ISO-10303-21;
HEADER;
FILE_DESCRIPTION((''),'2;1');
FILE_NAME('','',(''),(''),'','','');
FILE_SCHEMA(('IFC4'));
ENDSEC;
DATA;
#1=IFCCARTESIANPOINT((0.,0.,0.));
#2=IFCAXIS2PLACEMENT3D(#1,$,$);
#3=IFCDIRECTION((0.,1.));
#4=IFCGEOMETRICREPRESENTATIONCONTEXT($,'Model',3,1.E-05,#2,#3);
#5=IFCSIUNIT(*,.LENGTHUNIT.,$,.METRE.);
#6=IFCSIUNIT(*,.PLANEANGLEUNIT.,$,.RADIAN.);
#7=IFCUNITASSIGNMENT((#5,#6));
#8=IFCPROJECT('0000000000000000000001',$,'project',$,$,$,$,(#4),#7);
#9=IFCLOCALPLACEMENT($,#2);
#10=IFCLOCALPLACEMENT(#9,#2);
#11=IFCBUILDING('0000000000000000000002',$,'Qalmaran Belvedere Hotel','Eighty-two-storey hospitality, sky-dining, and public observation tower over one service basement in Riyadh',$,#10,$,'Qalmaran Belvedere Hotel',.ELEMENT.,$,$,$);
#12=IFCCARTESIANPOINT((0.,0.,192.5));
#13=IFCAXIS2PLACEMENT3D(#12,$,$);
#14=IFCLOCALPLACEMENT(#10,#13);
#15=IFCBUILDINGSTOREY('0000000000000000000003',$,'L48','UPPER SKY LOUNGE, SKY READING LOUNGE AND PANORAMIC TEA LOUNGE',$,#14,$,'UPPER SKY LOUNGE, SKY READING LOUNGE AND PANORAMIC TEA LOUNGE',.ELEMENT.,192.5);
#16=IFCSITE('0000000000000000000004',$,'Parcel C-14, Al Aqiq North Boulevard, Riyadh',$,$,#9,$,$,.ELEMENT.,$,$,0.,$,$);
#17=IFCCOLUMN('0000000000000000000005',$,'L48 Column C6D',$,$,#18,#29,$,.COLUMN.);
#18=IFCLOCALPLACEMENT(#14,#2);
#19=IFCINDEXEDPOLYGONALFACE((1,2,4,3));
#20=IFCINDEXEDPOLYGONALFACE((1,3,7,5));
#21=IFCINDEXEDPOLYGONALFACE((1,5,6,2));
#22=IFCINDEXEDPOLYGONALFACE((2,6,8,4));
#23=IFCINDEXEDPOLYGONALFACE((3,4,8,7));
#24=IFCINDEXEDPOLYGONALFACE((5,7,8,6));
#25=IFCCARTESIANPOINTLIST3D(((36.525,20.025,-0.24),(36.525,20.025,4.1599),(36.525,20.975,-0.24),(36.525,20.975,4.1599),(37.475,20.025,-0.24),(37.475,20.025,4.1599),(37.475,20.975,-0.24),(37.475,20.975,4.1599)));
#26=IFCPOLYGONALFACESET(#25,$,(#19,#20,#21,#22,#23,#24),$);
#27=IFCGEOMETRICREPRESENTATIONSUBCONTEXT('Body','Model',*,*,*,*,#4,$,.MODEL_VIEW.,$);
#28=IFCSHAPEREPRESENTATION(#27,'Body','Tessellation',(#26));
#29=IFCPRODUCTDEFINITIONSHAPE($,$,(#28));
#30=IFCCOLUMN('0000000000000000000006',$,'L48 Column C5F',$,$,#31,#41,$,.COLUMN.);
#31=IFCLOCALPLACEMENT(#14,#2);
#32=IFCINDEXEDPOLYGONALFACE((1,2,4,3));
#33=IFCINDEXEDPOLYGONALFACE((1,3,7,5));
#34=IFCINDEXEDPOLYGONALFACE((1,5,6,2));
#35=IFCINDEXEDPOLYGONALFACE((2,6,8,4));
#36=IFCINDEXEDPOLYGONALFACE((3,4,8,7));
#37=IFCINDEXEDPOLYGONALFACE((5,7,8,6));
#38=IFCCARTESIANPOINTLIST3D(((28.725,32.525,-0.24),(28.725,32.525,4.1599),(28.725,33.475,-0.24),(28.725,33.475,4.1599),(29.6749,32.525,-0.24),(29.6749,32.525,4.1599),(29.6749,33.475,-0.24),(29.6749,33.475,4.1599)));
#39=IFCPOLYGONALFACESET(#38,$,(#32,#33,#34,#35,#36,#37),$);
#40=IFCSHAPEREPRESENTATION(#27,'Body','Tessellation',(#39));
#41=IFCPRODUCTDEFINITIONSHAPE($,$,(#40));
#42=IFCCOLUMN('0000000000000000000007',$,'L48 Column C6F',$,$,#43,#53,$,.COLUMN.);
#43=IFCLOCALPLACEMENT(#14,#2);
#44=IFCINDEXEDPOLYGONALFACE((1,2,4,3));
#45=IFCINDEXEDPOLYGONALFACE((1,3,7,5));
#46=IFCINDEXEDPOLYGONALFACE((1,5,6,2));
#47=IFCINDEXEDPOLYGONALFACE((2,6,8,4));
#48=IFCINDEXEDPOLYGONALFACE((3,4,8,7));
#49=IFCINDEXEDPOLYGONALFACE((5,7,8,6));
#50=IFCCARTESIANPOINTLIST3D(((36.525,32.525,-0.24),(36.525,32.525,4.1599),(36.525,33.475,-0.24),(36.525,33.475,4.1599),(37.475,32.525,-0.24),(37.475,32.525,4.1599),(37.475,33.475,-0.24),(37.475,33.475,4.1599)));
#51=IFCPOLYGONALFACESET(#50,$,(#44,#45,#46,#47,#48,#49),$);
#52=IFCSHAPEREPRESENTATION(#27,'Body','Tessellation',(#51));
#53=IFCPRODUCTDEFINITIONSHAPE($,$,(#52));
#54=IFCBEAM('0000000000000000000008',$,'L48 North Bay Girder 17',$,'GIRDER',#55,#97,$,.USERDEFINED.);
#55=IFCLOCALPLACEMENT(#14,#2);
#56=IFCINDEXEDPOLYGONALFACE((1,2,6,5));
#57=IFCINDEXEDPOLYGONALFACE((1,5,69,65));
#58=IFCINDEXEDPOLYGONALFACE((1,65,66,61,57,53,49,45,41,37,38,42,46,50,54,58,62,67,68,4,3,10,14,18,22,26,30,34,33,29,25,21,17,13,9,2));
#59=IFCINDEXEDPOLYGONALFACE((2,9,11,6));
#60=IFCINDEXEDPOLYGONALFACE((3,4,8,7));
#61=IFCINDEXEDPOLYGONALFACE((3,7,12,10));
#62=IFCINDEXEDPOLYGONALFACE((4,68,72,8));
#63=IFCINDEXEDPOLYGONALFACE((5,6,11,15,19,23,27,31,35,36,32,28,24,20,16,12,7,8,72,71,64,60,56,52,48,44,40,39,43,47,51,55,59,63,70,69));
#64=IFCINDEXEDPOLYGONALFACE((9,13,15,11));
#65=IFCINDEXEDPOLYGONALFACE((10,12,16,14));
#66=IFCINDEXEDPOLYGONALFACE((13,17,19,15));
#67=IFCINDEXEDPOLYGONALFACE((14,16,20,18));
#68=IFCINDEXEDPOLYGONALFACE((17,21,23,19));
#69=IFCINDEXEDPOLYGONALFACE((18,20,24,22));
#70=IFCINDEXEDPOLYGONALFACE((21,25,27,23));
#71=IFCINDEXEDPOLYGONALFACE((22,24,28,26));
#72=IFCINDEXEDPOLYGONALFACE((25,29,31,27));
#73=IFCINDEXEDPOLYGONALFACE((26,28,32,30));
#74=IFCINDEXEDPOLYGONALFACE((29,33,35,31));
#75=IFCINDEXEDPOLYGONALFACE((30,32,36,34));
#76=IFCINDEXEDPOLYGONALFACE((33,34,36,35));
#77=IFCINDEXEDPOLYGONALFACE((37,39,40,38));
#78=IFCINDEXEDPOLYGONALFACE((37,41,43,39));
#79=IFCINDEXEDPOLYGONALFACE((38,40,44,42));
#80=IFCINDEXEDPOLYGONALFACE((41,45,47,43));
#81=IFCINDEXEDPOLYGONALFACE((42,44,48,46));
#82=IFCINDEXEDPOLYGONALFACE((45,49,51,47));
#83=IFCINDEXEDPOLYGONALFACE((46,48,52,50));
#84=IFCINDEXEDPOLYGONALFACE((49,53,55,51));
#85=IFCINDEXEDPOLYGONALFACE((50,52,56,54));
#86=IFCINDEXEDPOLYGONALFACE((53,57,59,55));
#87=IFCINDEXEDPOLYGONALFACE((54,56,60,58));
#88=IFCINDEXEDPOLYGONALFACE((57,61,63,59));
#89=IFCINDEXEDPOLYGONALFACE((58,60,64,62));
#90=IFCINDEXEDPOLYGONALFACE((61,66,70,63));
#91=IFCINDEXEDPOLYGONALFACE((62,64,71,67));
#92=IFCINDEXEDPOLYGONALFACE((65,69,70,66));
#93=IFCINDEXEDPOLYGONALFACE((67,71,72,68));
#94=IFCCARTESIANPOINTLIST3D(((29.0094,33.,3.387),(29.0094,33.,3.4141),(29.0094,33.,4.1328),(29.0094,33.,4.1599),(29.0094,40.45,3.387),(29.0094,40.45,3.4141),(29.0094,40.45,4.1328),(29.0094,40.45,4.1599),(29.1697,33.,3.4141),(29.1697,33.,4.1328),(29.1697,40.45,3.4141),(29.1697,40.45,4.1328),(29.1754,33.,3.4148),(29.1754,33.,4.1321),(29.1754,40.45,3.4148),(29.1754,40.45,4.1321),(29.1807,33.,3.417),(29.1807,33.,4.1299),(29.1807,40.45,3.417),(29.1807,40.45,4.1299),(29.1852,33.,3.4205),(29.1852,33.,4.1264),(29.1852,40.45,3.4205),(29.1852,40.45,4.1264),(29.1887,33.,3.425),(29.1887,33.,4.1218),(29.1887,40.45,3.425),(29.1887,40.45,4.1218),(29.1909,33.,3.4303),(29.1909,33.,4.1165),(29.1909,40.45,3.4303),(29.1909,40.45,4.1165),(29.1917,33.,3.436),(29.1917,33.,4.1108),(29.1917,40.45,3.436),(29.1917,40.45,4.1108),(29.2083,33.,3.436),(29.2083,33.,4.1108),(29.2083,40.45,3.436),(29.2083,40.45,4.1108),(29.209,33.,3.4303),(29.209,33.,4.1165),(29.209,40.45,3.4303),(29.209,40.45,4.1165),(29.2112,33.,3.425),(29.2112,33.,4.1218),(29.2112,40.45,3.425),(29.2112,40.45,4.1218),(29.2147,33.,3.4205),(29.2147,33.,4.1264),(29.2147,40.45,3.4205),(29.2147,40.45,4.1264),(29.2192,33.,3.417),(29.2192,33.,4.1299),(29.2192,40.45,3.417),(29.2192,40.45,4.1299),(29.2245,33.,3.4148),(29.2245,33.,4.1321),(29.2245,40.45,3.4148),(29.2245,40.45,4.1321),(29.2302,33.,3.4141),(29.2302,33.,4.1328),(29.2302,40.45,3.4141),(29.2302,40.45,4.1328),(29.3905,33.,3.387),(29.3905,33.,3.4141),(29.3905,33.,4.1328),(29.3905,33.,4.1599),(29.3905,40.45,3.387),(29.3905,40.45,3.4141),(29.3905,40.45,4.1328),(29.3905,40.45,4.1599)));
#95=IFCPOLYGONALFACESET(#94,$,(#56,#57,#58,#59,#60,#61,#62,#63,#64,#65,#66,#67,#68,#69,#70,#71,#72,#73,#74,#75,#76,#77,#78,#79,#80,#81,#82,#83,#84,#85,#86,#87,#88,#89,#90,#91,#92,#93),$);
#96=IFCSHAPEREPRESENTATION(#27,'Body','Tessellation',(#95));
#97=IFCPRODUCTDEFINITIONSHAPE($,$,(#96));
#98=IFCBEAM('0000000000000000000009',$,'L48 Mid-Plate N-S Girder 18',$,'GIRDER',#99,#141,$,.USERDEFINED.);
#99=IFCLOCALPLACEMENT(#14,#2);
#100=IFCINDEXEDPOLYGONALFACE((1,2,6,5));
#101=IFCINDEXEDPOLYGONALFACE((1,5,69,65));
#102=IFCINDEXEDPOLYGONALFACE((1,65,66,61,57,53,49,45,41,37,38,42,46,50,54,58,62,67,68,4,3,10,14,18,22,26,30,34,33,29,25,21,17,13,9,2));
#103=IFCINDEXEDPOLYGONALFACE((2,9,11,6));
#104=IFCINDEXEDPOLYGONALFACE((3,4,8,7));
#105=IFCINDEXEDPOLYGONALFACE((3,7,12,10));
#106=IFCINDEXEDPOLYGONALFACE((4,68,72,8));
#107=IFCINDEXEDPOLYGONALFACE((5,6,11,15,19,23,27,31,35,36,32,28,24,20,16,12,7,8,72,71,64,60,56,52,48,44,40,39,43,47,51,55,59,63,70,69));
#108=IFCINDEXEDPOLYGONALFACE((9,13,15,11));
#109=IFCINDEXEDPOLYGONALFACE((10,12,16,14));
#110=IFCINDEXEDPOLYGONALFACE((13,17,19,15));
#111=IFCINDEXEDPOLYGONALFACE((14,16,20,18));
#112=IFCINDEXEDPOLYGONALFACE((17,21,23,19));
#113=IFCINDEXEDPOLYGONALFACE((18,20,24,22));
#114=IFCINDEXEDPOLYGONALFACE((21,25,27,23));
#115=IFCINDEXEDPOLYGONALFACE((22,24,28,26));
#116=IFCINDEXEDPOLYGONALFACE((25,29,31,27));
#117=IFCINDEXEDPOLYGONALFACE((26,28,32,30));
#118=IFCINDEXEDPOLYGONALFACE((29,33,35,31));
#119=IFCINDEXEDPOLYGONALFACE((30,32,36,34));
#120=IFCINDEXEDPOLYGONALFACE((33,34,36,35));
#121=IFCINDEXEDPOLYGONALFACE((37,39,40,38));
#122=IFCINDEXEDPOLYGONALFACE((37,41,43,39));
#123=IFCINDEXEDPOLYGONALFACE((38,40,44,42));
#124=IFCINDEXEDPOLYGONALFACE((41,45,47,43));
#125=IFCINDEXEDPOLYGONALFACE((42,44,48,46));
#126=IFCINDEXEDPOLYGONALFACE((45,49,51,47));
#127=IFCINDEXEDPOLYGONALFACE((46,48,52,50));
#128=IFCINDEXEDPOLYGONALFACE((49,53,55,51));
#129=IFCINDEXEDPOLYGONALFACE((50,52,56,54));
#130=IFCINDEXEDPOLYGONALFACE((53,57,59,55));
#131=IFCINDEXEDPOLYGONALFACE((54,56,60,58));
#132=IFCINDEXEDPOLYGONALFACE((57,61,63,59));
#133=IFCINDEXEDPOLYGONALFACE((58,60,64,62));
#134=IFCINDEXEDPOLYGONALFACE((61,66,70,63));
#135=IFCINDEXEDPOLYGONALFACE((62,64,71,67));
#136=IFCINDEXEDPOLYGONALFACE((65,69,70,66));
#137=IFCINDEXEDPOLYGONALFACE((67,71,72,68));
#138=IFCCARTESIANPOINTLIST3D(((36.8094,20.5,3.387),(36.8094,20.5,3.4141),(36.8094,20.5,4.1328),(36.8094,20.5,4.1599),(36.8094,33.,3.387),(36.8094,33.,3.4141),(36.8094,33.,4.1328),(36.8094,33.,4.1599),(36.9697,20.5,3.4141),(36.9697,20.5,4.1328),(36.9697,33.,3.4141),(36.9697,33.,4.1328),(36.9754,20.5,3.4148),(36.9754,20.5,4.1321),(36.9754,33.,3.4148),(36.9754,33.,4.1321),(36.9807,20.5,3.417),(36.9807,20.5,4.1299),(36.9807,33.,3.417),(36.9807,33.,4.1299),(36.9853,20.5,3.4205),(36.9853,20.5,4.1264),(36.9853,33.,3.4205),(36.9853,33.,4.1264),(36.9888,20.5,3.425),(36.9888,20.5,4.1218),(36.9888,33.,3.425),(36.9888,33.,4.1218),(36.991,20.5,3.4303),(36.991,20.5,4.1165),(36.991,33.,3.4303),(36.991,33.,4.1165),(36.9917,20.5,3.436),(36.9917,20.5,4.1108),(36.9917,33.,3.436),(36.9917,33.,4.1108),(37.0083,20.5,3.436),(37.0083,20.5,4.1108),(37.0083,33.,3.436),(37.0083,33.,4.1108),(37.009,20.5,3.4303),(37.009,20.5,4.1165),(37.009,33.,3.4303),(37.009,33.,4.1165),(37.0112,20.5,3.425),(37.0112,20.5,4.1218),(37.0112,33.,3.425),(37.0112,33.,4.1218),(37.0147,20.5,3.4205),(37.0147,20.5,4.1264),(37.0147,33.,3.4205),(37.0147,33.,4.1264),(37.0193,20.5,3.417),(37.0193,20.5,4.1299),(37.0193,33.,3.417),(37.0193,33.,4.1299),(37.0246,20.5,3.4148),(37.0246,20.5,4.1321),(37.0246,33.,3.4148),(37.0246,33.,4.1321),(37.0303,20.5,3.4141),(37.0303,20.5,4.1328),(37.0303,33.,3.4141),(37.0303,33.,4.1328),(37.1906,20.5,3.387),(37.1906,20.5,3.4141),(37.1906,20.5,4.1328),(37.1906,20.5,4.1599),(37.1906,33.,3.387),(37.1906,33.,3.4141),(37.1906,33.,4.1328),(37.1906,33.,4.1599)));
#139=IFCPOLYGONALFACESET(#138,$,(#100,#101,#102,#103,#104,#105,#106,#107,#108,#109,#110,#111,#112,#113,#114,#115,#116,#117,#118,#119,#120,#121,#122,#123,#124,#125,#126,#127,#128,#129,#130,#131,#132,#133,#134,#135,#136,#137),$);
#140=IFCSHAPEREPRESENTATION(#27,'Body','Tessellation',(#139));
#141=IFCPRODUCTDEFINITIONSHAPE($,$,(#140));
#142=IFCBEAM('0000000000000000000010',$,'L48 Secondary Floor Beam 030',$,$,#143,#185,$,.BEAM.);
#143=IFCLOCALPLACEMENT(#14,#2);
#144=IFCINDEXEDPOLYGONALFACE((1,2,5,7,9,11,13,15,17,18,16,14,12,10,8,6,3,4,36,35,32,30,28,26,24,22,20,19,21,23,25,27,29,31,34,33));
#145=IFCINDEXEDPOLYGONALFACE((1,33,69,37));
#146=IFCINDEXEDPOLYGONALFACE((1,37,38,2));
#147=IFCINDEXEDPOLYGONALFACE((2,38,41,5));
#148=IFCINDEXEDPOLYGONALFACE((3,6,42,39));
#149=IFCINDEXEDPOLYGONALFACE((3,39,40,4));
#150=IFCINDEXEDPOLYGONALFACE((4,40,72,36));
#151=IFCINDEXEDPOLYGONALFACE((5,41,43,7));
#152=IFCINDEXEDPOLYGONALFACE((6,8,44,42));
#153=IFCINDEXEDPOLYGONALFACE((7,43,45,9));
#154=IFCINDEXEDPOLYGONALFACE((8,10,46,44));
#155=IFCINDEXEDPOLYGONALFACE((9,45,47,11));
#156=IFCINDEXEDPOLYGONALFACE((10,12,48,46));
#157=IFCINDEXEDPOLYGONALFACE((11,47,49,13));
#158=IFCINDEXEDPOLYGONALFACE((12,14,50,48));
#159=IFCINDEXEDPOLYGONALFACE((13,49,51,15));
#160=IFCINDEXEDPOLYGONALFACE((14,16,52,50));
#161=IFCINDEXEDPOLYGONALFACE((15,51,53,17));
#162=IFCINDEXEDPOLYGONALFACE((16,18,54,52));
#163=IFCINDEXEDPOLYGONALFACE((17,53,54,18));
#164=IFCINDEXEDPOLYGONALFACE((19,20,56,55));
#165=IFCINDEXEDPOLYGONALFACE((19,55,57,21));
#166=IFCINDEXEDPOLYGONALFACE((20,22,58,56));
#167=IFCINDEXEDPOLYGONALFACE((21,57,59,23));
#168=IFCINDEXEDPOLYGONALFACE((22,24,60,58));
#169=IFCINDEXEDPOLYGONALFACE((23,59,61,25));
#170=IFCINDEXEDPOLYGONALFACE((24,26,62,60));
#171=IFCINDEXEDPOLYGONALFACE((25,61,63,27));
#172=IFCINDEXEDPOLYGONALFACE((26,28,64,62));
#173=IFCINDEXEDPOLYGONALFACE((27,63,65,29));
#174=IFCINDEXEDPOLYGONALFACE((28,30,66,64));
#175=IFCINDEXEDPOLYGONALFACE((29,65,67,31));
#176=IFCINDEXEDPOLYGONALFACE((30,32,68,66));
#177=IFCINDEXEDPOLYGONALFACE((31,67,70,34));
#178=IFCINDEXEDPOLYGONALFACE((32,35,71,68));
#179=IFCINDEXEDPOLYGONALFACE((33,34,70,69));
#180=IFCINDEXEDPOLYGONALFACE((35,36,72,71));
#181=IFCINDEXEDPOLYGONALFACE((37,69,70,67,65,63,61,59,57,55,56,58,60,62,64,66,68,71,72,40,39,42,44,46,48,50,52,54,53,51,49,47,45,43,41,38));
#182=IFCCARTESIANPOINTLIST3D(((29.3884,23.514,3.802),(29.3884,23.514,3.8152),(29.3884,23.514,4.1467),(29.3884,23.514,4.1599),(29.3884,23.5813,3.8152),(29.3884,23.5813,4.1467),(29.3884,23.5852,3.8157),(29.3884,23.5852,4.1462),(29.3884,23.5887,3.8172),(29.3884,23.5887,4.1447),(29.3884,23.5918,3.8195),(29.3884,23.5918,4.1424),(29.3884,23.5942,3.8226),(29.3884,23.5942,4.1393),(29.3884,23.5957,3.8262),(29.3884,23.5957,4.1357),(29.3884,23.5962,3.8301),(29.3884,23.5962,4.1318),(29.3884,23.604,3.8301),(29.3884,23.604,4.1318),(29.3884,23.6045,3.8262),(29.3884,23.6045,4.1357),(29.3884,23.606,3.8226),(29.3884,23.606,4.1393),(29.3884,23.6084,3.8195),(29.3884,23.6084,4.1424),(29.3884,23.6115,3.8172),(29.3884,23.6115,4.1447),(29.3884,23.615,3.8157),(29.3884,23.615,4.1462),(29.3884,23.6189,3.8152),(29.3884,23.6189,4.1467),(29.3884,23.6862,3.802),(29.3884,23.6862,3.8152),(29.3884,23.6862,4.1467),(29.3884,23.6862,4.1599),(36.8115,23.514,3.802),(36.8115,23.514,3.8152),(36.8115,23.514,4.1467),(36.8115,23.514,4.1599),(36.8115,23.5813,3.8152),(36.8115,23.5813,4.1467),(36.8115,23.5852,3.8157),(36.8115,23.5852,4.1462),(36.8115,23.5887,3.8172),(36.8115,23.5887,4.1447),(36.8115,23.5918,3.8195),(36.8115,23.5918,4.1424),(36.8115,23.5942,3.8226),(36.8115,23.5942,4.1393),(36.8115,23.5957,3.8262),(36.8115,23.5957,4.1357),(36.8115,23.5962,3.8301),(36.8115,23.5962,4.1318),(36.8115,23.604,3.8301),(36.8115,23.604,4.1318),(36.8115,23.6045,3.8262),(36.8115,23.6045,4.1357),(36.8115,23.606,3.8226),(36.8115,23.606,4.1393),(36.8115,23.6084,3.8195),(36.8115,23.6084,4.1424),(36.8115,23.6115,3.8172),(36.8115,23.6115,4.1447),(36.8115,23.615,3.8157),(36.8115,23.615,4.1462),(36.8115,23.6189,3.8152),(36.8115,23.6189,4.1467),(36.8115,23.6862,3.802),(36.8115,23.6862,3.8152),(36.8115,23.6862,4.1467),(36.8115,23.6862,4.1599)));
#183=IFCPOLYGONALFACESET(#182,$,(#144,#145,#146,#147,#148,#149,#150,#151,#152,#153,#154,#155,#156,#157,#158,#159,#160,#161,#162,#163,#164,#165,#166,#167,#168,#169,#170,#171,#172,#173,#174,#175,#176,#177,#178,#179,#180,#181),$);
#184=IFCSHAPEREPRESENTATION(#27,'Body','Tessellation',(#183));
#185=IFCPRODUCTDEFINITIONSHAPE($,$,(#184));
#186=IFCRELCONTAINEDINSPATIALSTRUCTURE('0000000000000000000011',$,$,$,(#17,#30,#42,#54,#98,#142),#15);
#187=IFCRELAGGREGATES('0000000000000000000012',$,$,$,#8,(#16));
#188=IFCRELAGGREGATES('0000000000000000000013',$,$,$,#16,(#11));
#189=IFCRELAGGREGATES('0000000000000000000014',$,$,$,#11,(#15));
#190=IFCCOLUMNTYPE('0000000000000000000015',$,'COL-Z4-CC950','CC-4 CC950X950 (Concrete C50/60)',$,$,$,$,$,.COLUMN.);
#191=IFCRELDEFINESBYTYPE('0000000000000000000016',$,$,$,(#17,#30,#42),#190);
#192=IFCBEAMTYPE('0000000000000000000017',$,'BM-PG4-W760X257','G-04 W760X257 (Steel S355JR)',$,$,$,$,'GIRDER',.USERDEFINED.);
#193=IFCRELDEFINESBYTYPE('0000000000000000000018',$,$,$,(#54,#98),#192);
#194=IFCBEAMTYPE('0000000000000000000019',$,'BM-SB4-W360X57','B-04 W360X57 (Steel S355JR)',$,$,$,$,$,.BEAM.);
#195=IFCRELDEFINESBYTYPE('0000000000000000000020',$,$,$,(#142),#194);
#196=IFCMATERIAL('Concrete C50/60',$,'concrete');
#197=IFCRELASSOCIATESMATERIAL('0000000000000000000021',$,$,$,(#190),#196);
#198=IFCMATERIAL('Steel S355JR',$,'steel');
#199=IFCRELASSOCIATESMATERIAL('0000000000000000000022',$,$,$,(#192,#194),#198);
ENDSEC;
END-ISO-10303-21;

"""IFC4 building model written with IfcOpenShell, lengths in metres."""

from ifc_helpers import new_model, si_unit, direction, frame, origin, origin_2d, place, context, subcontext, project, spatial, rectangle, i_section, extrude, material, material_profile, profile_set, type_object, element, save


model = new_model("IFC4")

# Units and contexts
model_context = context("Model", 3, precision=1e-05, world=origin(), true_north=direction((0.0, 1.0)))
body_context = subcontext(model_context, "Body", "Model", "MODEL_VIEW")
ifc_project = project(units=[si_unit("LENGTHUNIT", "METRE"), si_unit("PLANEANGLEUNIT", "RADIAN")], contexts=[model_context])

# Site, building, storey
site_placement = place(None, origin())
site = spatial("IfcSite", under=ifc_project, at=site_placement, Name="Parcel C-14, Al Aqiq North Boulevard, Riyadh", CompositionType="ELEMENT", RefElevation=0.0)
building_placement = place(site_placement, origin())
building = spatial("IfcBuilding", under=site, at=building_placement, Name="Qalmaran Belvedere Hotel", Description="Eighty-two-storey hospitality, sky-dining, and public observation tower over one service basement in Riyadh", LongName="Qalmaran Belvedere Hotel", CompositionType="ELEMENT")
storey_placement = place(building_placement, frame((0.0, 0.0, 192.5)))
storey = spatial("IfcBuildingStorey", under=building, at=storey_placement, Name="L48", Description="UPPER SKY LOUNGE, SKY READING LOUNGE AND PANORAMIC TEA LOUNGE", LongName="UPPER SKY LOUNGE, SKY READING LOUNGE AND PANORAMIC TEA LOUNGE", CompositionType="ELEMENT", Elevation=192.5)

# Columns
ifc_material_1 = material(Name="Concrete C50/60", Category="concrete")
ifc_material_profile_1 = material_profile(ifc_material_1, rectangle(XDim=0.95, YDim=0.95, at=origin_2d()), Name="CC950X950")
ifc_profile_set_1 = profile_set([ifc_material_profile_1], Name="Concrete C50/60")
column_type = type_object("IfcColumnType", Name="COL-Z4-CC950", Description="CC-4 CC950X950 (Concrete C50/60)", PredefinedType="COLUMN", material=ifc_profile_set_1)
for number, where, z_axis, x_axis, name in (
    (1, (37.0, 20.5, -0.24), (0.0, 0.0, 1.0), (1.0, 0.0, 0.0), "L48 Column C6D"),
    (2, (29.2, 33.0, -0.24), (0.0, 0.0, 1.0), (1.0, 0.0, 0.0), "L48 Column C5F"),
    (3, (37.0, 33.0, -0.24), (0.0, 0.0, 1.0), (1.0, 0.0, 0.0), "L48 Column C6F"),
):
    element("IfcColumn", number, at=place(storey_placement, frame(where, z_axis=z_axis, x_axis=x_axis)), inside=storey, type_object=column_type, Name=name, PredefinedType="COLUMN", context=body_context, shape_type="SweptSolid", body=[
        extrude(rectangle(XDim=0.95, YDim=0.95, at=origin_2d()), origin(), (0.0, 0.0, 1.0), 4.3999),
    ])

# Beams
ifc_material_2 = material(Name="Steel S355JR", Category="steel")
ifc_material_profile_2 = material_profile(ifc_material_2, i_section(OverallWidth=0.3811, OverallDepth=0.7729, WebThickness=0.0166, FlangeThickness=0.0271, FilletRadius=0.022, at=origin_2d()), Name="W760X257")
ifc_profile_set_2 = profile_set([ifc_material_profile_2], Name="Steel S355JR")
beam_type_1 = type_object("IfcBeamType", Name="BM-PG4-W760X257", Description="G-04 W760X257 (Steel S355JR)", ElementType="GIRDER", PredefinedType="USERDEFINED", material=ifc_profile_set_2)
beam_1_placement = place(storey_placement, frame((29.2, 33.0, 3.7734), z_axis=(0.0, 1.0, 0.0), x_axis=(-1.0, 0.0, 0.0)))
element("IfcBeam", 4, at=beam_1_placement, inside=storey, type_object=beam_type_1, Name="L48 North Bay Girder 17", ObjectType="GIRDER", PredefinedType="USERDEFINED", context=body_context, shape_type="SweptSolid", body=[
    extrude(i_section(OverallWidth=0.3811, OverallDepth=0.7729, WebThickness=0.0166, FlangeThickness=0.0271, FilletRadius=0.022, at=origin_2d()), origin(), (0.0, 0.0, 1.0), 7.45),
])
beam_2_placement = place(storey_placement, frame((37.0, 20.5, 3.7734), z_axis=(0.0, 1.0, 0.0), x_axis=(-1.0, 0.0, 0.0)))
element("IfcBeam", 5, at=beam_2_placement, inside=storey, type_object=beam_type_1, Name="L48 Mid-Plate N-S Girder 18", ObjectType="GIRDER", PredefinedType="USERDEFINED", context=body_context, shape_type="SweptSolid", body=[
    extrude(i_section(OverallWidth=0.3811, OverallDepth=0.7729, WebThickness=0.0166, FlangeThickness=0.0271, FilletRadius=0.022, at=origin_2d()), origin(), (0.0, 0.0, 1.0), 12.5),
])
ifc_material_profile_3 = material_profile(ifc_material_2, i_section(OverallWidth=0.1721, OverallDepth=0.3579, WebThickness=0.0078, FlangeThickness=0.0132, FilletRadius=0.0149, at=origin_2d()), Name="W360X57")
ifc_profile_set_3 = profile_set([ifc_material_profile_3], Name="Steel S355JR")
beam_type_2 = type_object("IfcBeamType", Name="BM-SB4-W360X57", Description="B-04 W360X57 (Steel S355JR)", PredefinedType="BEAM", material=ifc_profile_set_3)
for number, where, z_axis, x_axis, name in (
    (6, (29.3884, 23.6001, 3.981), (1.0, 0.0, 0.0), (0.0, 1.0, 0.0), "L48 Secondary Floor Beam 030"),
):
    element("IfcBeam", number, at=place(storey_placement, frame(where, z_axis=z_axis, x_axis=x_axis)), inside=storey, type_object=beam_type_2, Name=name, PredefinedType="BEAM", context=body_context, shape_type="SweptSolid", body=[
        extrude(i_section(OverallWidth=0.1721, OverallDepth=0.3579, WebThickness=0.0078, FlangeThickness=0.0132, FilletRadius=0.0149, at=origin_2d()), origin(), (0.0, 0.0, 1.0), 7.4231),
    ])

save(model, "model.ifc")
